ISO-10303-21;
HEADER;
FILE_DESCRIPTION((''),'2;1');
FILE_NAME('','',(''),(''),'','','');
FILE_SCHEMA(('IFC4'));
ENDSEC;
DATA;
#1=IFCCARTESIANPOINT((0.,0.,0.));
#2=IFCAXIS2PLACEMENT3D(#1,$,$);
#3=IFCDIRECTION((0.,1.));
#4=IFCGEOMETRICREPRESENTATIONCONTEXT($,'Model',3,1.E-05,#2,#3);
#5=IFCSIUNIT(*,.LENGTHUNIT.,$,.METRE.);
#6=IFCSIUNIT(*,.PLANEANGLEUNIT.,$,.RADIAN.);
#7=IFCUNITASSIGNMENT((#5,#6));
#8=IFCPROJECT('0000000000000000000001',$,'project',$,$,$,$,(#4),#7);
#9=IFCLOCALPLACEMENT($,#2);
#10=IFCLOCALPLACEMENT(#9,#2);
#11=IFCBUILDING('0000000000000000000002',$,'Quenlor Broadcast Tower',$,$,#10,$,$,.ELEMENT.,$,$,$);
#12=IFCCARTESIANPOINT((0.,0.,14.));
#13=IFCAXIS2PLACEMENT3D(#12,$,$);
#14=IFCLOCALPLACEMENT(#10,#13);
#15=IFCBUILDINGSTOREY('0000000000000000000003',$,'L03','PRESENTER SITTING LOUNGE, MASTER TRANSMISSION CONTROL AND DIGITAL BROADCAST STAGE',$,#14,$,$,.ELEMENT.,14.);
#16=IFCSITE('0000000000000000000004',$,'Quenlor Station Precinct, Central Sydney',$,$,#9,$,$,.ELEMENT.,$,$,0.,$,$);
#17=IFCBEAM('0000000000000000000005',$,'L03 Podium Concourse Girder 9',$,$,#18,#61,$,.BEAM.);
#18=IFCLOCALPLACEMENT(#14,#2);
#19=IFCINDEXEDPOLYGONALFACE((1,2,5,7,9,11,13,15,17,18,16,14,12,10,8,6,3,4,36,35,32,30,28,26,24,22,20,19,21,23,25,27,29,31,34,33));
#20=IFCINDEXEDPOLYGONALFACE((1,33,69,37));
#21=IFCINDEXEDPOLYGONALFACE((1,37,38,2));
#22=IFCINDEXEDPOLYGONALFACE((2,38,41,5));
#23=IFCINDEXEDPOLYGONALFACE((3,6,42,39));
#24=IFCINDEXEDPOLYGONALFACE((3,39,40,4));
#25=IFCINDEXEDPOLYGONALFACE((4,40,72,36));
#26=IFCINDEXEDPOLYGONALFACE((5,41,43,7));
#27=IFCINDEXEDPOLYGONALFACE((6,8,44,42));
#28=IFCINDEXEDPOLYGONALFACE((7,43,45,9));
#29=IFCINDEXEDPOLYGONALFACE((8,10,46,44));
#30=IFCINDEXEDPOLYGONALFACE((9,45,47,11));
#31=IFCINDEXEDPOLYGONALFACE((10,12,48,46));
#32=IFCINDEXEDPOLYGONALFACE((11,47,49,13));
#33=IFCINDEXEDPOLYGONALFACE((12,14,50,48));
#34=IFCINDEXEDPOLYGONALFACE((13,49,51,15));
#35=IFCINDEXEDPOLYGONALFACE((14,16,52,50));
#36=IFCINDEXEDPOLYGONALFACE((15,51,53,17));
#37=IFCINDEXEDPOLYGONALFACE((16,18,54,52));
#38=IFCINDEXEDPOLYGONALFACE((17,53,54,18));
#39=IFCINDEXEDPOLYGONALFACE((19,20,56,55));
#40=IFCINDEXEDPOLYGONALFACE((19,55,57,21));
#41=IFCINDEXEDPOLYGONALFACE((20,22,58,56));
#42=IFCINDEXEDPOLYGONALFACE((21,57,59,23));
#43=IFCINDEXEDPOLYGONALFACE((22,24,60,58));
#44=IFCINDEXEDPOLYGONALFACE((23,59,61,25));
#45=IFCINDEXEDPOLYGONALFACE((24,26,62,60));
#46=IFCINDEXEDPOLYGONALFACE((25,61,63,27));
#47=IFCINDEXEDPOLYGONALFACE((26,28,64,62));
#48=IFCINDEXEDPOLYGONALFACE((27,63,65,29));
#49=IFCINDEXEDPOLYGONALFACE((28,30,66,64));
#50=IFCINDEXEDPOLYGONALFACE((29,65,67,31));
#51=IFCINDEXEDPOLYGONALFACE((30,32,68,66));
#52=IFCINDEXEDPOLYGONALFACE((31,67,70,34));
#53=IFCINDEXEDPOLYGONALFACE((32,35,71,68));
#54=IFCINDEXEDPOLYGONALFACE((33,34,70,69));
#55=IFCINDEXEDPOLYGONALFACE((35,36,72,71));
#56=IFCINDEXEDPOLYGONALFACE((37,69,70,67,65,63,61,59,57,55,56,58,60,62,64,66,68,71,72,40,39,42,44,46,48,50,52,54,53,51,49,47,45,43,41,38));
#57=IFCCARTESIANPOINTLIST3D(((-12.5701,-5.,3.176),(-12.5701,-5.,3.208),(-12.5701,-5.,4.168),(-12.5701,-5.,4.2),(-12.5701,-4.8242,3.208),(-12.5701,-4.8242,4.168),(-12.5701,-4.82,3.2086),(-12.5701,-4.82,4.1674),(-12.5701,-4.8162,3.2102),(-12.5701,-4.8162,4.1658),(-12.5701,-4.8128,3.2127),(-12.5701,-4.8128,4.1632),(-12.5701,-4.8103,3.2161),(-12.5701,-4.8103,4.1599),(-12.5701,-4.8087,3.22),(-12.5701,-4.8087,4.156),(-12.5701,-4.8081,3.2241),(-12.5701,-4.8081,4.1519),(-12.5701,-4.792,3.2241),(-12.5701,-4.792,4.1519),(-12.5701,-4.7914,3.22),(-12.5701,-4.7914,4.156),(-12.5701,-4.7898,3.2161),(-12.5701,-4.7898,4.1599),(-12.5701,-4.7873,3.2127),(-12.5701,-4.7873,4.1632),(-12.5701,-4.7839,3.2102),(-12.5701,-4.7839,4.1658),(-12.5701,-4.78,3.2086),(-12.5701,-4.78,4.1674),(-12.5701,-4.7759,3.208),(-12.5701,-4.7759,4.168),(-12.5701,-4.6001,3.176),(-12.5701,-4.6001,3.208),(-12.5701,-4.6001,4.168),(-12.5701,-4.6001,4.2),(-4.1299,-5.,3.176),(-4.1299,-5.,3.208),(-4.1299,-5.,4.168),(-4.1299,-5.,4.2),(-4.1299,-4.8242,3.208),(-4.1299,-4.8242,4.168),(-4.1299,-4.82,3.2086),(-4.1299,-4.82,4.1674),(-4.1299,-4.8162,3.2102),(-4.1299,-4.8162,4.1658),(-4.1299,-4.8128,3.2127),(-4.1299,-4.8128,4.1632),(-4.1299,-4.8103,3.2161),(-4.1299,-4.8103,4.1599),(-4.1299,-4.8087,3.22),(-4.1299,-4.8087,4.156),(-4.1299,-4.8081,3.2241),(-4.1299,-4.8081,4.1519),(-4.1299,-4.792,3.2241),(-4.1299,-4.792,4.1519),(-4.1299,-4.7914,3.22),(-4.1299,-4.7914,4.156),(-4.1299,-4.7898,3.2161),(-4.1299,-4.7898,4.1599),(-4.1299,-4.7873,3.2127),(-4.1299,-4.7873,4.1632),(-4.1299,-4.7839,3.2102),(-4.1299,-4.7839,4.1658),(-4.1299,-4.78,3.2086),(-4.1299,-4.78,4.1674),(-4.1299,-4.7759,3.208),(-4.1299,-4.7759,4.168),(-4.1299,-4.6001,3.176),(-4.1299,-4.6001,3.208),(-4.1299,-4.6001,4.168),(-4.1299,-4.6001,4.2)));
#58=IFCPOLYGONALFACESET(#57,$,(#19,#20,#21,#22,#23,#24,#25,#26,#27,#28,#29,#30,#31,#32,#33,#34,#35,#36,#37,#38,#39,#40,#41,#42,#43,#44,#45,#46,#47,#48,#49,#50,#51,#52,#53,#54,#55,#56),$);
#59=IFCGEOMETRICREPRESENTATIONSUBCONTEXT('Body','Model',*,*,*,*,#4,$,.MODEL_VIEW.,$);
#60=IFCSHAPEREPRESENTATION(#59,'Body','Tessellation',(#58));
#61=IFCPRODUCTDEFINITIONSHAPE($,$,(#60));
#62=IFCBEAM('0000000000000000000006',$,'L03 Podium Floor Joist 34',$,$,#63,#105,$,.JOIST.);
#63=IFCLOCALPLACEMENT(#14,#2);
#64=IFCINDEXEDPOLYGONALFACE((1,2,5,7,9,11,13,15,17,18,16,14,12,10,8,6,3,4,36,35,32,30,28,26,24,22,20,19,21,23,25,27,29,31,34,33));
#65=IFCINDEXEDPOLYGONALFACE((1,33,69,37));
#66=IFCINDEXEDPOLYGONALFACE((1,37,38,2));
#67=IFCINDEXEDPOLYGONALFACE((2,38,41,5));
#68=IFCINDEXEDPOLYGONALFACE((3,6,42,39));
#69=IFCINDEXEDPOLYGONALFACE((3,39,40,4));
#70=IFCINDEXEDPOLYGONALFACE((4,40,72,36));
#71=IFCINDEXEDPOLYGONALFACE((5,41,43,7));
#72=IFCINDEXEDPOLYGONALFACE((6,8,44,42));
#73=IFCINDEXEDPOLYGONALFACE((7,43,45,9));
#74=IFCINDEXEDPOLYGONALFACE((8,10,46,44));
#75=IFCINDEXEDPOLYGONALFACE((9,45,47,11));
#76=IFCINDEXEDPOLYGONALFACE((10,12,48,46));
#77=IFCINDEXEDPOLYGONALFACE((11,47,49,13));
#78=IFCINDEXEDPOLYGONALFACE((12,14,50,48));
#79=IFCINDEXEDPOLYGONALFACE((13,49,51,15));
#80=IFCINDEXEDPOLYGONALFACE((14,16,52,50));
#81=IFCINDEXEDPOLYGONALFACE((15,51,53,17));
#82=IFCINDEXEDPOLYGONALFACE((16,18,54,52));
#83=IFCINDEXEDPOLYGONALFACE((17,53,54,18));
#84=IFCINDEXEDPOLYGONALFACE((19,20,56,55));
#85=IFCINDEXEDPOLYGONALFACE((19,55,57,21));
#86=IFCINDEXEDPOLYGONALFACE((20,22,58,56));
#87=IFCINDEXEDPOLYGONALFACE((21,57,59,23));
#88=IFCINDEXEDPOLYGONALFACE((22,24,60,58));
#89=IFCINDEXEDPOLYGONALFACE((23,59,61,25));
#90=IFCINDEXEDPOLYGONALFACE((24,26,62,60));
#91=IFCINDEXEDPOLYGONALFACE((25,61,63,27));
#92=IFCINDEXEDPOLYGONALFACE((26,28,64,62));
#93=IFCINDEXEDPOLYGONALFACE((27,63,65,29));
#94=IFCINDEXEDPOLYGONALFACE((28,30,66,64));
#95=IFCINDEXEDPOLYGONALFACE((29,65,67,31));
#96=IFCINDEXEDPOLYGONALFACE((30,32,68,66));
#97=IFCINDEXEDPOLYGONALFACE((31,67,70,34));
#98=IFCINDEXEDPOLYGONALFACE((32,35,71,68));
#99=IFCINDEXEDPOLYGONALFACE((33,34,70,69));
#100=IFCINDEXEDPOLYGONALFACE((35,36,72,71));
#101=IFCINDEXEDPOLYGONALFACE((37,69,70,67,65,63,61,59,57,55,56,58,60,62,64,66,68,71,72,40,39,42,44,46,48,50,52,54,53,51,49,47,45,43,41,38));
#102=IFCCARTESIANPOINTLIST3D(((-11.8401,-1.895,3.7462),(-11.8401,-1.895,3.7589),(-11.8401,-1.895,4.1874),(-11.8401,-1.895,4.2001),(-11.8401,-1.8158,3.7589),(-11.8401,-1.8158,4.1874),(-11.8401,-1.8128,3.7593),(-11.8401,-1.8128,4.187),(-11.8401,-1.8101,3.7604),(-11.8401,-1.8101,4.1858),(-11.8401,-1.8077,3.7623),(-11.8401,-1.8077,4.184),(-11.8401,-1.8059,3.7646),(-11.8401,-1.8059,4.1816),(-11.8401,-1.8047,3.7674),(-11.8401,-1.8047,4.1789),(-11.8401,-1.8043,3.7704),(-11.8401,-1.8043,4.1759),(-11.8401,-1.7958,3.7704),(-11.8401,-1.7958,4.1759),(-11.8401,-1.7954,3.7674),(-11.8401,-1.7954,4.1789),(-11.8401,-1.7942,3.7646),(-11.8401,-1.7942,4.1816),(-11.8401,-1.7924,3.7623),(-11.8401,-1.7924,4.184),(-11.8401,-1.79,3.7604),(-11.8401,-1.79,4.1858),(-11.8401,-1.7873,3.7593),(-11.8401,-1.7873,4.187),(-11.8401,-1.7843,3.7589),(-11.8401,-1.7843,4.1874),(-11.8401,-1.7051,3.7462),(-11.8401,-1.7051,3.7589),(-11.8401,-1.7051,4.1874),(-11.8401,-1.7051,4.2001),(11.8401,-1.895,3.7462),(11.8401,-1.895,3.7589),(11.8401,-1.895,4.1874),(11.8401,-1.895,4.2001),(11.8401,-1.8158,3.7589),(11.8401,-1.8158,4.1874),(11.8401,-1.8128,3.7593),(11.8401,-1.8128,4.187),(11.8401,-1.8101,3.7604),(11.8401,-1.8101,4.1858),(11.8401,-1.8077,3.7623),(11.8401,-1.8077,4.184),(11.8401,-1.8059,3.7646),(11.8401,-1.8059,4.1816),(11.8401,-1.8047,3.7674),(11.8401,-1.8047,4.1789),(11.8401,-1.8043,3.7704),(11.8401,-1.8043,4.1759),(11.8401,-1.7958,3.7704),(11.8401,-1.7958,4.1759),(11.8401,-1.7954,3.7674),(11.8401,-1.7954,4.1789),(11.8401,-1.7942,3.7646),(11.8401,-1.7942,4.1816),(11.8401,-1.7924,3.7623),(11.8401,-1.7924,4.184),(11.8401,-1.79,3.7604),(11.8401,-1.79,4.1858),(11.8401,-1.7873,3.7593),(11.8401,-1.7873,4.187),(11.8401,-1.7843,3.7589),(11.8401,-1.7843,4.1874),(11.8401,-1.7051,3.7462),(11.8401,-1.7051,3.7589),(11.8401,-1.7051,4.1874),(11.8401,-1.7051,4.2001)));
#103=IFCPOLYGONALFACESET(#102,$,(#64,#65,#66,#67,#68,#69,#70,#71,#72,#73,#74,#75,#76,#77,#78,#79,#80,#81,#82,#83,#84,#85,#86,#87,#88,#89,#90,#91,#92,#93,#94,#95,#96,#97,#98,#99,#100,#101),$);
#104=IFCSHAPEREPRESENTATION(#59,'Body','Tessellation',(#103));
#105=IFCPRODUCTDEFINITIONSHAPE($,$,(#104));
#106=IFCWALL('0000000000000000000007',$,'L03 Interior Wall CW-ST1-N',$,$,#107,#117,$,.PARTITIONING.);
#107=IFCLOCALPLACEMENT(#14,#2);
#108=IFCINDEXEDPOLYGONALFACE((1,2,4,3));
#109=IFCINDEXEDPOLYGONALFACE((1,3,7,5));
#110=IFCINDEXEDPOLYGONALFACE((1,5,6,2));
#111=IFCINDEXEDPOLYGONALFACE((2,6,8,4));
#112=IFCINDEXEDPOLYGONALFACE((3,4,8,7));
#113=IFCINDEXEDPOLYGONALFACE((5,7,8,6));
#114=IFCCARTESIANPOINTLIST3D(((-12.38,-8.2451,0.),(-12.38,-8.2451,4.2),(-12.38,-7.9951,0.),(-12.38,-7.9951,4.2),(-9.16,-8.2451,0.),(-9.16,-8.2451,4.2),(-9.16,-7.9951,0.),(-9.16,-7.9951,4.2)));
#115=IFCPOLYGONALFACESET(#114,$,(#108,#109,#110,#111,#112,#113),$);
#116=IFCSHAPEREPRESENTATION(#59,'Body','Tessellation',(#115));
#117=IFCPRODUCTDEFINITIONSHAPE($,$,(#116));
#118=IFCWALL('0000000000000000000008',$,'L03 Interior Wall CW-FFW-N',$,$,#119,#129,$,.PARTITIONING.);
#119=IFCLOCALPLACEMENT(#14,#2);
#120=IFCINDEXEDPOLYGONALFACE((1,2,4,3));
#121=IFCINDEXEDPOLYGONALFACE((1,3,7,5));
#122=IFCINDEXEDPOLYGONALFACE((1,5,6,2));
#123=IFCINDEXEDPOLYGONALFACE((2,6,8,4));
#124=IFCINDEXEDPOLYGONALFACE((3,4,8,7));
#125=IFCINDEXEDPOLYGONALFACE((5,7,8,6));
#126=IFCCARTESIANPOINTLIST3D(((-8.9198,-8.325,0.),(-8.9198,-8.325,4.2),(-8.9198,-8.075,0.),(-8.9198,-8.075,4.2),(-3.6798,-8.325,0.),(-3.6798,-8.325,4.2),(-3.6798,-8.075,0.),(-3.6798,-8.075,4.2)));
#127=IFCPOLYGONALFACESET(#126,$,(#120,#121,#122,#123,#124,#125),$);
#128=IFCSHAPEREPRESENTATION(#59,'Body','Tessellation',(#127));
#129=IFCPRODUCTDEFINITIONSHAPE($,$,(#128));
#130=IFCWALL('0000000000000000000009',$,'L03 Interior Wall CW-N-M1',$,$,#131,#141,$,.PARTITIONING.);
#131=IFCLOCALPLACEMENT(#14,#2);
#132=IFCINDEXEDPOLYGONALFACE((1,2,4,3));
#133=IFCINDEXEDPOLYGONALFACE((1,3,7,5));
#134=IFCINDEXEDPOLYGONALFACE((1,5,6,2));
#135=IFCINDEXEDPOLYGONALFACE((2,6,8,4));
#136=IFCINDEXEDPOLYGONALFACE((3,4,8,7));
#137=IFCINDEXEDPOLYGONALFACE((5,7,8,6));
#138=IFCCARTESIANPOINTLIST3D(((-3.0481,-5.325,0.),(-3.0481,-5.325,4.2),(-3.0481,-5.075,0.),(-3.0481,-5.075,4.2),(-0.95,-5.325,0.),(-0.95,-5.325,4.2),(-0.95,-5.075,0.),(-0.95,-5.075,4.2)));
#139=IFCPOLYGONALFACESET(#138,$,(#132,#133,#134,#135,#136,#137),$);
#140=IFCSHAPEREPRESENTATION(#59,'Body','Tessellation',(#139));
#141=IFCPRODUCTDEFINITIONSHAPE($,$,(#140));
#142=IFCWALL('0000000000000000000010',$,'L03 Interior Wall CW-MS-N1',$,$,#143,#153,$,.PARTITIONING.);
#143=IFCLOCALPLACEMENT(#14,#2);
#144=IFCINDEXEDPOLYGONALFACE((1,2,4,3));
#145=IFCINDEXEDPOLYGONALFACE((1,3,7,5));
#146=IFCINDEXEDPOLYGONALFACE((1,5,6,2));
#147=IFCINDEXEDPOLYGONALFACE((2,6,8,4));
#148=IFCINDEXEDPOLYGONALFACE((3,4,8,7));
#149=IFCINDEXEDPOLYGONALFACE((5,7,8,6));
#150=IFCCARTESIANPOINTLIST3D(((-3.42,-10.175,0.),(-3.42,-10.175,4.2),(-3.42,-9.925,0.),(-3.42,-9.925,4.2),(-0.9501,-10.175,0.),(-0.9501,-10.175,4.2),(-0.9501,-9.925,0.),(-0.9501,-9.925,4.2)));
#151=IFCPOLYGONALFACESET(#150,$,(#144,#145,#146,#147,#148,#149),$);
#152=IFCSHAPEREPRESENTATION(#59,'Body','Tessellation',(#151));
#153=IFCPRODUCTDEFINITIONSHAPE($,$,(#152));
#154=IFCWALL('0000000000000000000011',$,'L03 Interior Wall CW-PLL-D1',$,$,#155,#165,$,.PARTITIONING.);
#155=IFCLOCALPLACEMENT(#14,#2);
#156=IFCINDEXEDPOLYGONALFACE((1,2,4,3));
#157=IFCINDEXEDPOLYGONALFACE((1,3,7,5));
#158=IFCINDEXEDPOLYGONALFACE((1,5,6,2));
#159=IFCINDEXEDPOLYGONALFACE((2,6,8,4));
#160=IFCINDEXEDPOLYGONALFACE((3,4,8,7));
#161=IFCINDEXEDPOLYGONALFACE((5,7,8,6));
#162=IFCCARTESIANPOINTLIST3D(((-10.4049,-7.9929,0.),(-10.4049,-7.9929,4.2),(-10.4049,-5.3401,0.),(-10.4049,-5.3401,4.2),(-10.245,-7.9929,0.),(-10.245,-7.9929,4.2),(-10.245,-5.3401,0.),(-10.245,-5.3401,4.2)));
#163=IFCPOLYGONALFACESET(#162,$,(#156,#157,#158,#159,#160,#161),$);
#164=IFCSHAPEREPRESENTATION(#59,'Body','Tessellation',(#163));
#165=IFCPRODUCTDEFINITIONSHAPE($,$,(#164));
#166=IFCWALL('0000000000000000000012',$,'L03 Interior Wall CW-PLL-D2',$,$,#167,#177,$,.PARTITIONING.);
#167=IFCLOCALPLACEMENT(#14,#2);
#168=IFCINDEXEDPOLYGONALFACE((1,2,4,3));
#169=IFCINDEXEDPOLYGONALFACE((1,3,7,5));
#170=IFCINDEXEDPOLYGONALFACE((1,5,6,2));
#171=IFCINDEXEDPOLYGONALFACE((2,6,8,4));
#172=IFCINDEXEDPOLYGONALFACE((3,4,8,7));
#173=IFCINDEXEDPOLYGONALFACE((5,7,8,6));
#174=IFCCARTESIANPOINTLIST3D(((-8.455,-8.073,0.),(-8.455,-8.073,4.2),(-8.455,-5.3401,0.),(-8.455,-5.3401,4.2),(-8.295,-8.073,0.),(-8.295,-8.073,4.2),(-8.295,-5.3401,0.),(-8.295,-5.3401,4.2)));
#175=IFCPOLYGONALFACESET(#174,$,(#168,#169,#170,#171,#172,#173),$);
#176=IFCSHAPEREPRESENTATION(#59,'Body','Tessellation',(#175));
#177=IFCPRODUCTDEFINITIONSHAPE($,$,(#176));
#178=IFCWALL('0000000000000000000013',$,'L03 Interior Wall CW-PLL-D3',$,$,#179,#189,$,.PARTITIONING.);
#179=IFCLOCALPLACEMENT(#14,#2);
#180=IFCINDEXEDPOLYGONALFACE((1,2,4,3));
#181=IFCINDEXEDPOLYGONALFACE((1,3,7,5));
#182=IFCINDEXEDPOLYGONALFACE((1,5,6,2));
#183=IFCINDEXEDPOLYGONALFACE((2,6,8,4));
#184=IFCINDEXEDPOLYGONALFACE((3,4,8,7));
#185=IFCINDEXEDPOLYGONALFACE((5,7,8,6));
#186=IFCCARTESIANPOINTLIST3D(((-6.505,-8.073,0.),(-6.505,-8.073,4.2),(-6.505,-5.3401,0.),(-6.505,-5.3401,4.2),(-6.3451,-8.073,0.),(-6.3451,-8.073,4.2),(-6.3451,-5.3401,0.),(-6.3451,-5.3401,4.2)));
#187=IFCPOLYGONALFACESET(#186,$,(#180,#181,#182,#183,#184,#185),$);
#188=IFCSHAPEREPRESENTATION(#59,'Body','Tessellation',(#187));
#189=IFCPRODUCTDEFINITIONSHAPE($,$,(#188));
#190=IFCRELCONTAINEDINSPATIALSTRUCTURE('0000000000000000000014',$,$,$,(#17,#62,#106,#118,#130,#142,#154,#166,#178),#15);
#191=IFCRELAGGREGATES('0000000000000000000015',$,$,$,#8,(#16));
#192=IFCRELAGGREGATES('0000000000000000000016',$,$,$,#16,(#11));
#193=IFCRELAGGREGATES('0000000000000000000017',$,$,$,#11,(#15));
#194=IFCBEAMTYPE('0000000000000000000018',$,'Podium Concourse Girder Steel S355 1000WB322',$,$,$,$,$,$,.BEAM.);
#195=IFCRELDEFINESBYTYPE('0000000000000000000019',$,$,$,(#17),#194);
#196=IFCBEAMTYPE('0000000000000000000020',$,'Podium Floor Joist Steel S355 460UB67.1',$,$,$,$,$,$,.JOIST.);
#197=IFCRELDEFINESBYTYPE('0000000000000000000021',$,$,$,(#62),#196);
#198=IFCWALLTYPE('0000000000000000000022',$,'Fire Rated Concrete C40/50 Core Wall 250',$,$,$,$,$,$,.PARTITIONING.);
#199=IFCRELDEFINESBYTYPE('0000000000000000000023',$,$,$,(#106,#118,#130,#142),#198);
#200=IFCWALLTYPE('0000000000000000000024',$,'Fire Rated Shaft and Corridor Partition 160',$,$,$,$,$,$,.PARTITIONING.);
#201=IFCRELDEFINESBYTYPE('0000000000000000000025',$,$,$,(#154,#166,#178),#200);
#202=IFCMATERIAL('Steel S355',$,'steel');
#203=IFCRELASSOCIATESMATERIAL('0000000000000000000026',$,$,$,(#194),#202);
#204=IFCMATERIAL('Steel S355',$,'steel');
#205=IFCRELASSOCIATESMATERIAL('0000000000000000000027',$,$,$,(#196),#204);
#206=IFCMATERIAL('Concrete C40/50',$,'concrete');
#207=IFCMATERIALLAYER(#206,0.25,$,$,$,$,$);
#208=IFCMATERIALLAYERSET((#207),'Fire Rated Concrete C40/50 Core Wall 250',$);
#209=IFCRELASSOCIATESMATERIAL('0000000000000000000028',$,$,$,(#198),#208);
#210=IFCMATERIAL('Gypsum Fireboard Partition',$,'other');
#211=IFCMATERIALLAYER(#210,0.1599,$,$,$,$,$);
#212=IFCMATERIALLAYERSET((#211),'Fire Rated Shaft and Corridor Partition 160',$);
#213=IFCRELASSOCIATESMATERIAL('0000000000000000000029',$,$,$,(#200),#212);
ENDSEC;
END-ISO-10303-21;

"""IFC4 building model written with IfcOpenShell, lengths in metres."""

from ifc_helpers import new_model, si_unit, direction, frame, frame_2d, origin, origin_2d, place, context, subcontext, project, spatial, rectangle, i_section, extrude, material, layer, layer_set, material_profile, profile_set, type_object, element, save


model = new_model("IFC4")

# Units and contexts
model_context = context("Model", 3, precision=1e-05, world=origin(), true_north=direction((0.0, 1.0)))
body_context = subcontext(model_context, "Body", "Model", "MODEL_VIEW")
ifc_project = project(units=[si_unit("LENGTHUNIT", "METRE"), si_unit("PLANEANGLEUNIT", "RADIAN")], contexts=[model_context])

# Site, building, storey
site_placement = place(None, origin())
site = spatial("IfcSite", under=ifc_project, at=site_placement, Name="Quenlor Station Precinct, Central Sydney", CompositionType="ELEMENT", RefElevation=0.0)
building_placement = place(site_placement, origin())
building = spatial("IfcBuilding", under=site, at=building_placement, Name="Quenlor Broadcast Tower", CompositionType="ELEMENT")
storey_placement = place(building_placement, frame((0.0, 0.0, 14.0)))
storey = spatial("IfcBuildingStorey", under=building, at=storey_placement, Name="L03", Description="PRESENTER SITTING LOUNGE, MASTER TRANSMISSION CONTROL AND DIGITAL BROADCAST STAGE", CompositionType="ELEMENT", Elevation=14.0)

# Beams
ifc_material_1 = material(Name="Steel S355", Category="steel")
ifc_material_profile_1 = material_profile(ifc_material_1, i_section(OverallWidth=0.3999, OverallDepth=1.0239, WebThickness=0.0161, FlangeThickness=0.032, FilletRadius=0.0161, at=origin_2d()))
ifc_profile_set_1 = profile_set([ifc_material_profile_1], Name="Steel S355 1000WB322")
beam_type_1 = type_object("IfcBeamType", Name="Podium Concourse Girder Steel S355 1000WB322", PredefinedType="BEAM", material=ifc_profile_set_1)
beam_1_placement = place(storey_placement, frame((-12.5701, -4.8, 3.688), z_axis=(1.0, 0.0, 0.0), x_axis=(0.0, 1.0, 0.0)))
element("IfcBeam", 1, at=beam_1_placement, inside=storey, type_object=beam_type_1, Name="L03 Podium Concourse Girder 9", PredefinedType="BEAM", context=body_context, shape_type="SweptSolid", body=[
    extrude(i_section(OverallWidth=0.3999, OverallDepth=1.0239, WebThickness=0.0161, FlangeThickness=0.032, FilletRadius=0.0161, at=origin_2d()), origin(), (0.0, 0.0, 1.0), 8.4402),
])
ifc_material_2 = material(Name="Steel S355", Category="steel")
ifc_material_profile_2 = material_profile(ifc_material_2, i_section(OverallWidth=0.1899, OverallDepth=0.4539, WebThickness=0.0085, FlangeThickness=0.0127, FilletRadius=0.0115, at=origin_2d()))
ifc_profile_set_2 = profile_set([ifc_material_profile_2], Name="Steel S355 460UB67.1")
beam_type_2 = type_object("IfcBeamType", Name="Podium Floor Joist Steel S355 460UB67.1", PredefinedType="JOIST", material=ifc_profile_set_2)
beam_2_placement = place(storey_placement, frame((-11.8401, -1.8, 3.9731), z_axis=(1.0, 0.0, 0.0), x_axis=(0.0, 1.0, 0.0)))
element("IfcBeam", 2, at=beam_2_placement, inside=storey, type_object=beam_type_2, Name="L03 Podium Floor Joist 34", PredefinedType="JOIST", context=body_context, shape_type="SweptSolid", body=[
    extrude(i_section(OverallWidth=0.1899, OverallDepth=0.4539, WebThickness=0.0085, FlangeThickness=0.0127, FilletRadius=0.0115, at=origin_2d()), origin(), (0.0, 0.0, 1.0), 23.6802),
])

# Shared definitions
ifc_material_3 = material(Name="Concrete C40/50", Category="concrete")
ifc_layer_1 = layer(ifc_material_3, 0.25)
ifc_layer_set_1 = layer_set([ifc_layer_1], Name="Fire Rated Concrete C40/50 Core Wall 250")
wall_type_1 = type_object("IfcWallType", Name="Fire Rated Concrete C40/50 Core Wall 250", PredefinedType="PARTITIONING", material=ifc_layer_set_1)

# Walls
wall_1_placement = place(storey_placement, frame((-12.3799, -8.1201, 0.0), z_axis=(0.0, 0.0, 1.0), x_axis=(1.0, 0.0, 0.0)))
element("IfcWall", 3, at=wall_1_placement, inside=storey, type_object=wall_type_1, Name="L03 Interior Wall CW-ST1-N", PredefinedType="PARTITIONING", context=body_context, shape_type="SweptSolid", body=[
    extrude(rectangle(XDim=3.22, YDim=0.25, at=frame_2d((1.6099, 0.0))), origin(), (0.0, 0.0, 1.0), 4.2),
])
wall_2_placement = place(storey_placement, frame((-8.9199, -8.2, 0.0), z_axis=(0.0, 0.0, 1.0), x_axis=(1.0, 0.0, 0.0)))
element("IfcWall", 4, at=wall_2_placement, inside=storey, type_object=wall_type_1, Name="L03 Interior Wall CW-FFW-N", PredefinedType="PARTITIONING", context=body_context, shape_type="SweptSolid", body=[
    extrude(rectangle(XDim=5.24, YDim=0.25, at=frame_2d((2.6201, 0.0))), origin(), (0.0, 0.0, 1.0), 4.2),
])

# Walls
wall_3_placement = place(storey_placement, frame((-3.0481, -5.2, 0.0), z_axis=(0.0, 0.0, 1.0), x_axis=(1.0, 0.0, 0.0)))
element("IfcWall", 5, at=wall_3_placement, inside=storey, type_object=wall_type_1, Name="L03 Interior Wall CW-N-M1", PredefinedType="PARTITIONING", context=body_context, shape_type="SweptSolid", body=[
    extrude(rectangle(XDim=2.0981, YDim=0.25, at=frame_2d((1.0491, 0.0))), origin(), (0.0, 0.0, 1.0), 4.2),
])
wall_4_placement = place(storey_placement, frame((-3.4199, -10.05, 0.0), z_axis=(0.0, 0.0, 1.0), x_axis=(1.0, 0.0, 0.0)))
element("IfcWall", 6, at=wall_4_placement, inside=storey, type_object=wall_type_1, Name="L03 Interior Wall CW-MS-N1", PredefinedType="PARTITIONING", context=body_context, shape_type="SweptSolid", body=[
    extrude(rectangle(XDim=2.47, YDim=0.25, at=frame_2d((1.2349, 0.0))), origin(), (0.0, 0.0, 1.0), 4.2),
])
ifc_material_4 = material(Name="Gypsum Fireboard Partition", Category="other")
ifc_layer_2 = layer(ifc_material_4, 0.1599)
ifc_layer_set_2 = layer_set([ifc_layer_2], Name="Fire Rated Shaft and Corridor Partition 160")
wall_type_2 = type_object("IfcWallType", Name="Fire Rated Shaft and Corridor Partition 160", PredefinedType="PARTITIONING", material=ifc_layer_set_2)
wall_5_placement = place(storey_placement, frame((-10.325, -7.9929, 0.0), z_axis=(0.0, 0.0, 1.0), x_axis=(0.0, 1.0, 0.0)))
element("IfcWall", 7, at=wall_5_placement, inside=storey, type_object=wall_type_2, Name="L03 Interior Wall CW-PLL-D1", PredefinedType="PARTITIONING", context=body_context, shape_type="SweptSolid", body=[
    extrude(rectangle(XDim=2.6528, YDim=0.1599, at=frame_2d((1.3264, 0.0))), origin(), (0.0, 0.0, 1.0), 4.2),
])
for number, where, z_axis, x_axis, name in (
    (8, (-8.375, -8.073, 0.0), (0.0, 0.0, 1.0), (0.0, 1.0, 0.0), "L03 Interior Wall CW-PLL-D2"),
    (9, (-6.425, -8.073, 0.0), (0.0, 0.0, 1.0), (0.0, 1.0, 0.0), "L03 Interior Wall CW-PLL-D3"),
):
    element("IfcWall", number, at=place(storey_placement, frame(where, z_axis=z_axis, x_axis=x_axis)), inside=storey, type_object=wall_type_2, Name=name, PredefinedType="PARTITIONING", context=body_context, shape_type="SweptSolid", body=[
        extrude(rectangle(XDim=2.7329, YDim=0.1599, at=frame_2d((1.3665, 0.0))), origin(), (0.0, 0.0, 1.0), 4.2),
    ])

save(model, "model.ifc")
